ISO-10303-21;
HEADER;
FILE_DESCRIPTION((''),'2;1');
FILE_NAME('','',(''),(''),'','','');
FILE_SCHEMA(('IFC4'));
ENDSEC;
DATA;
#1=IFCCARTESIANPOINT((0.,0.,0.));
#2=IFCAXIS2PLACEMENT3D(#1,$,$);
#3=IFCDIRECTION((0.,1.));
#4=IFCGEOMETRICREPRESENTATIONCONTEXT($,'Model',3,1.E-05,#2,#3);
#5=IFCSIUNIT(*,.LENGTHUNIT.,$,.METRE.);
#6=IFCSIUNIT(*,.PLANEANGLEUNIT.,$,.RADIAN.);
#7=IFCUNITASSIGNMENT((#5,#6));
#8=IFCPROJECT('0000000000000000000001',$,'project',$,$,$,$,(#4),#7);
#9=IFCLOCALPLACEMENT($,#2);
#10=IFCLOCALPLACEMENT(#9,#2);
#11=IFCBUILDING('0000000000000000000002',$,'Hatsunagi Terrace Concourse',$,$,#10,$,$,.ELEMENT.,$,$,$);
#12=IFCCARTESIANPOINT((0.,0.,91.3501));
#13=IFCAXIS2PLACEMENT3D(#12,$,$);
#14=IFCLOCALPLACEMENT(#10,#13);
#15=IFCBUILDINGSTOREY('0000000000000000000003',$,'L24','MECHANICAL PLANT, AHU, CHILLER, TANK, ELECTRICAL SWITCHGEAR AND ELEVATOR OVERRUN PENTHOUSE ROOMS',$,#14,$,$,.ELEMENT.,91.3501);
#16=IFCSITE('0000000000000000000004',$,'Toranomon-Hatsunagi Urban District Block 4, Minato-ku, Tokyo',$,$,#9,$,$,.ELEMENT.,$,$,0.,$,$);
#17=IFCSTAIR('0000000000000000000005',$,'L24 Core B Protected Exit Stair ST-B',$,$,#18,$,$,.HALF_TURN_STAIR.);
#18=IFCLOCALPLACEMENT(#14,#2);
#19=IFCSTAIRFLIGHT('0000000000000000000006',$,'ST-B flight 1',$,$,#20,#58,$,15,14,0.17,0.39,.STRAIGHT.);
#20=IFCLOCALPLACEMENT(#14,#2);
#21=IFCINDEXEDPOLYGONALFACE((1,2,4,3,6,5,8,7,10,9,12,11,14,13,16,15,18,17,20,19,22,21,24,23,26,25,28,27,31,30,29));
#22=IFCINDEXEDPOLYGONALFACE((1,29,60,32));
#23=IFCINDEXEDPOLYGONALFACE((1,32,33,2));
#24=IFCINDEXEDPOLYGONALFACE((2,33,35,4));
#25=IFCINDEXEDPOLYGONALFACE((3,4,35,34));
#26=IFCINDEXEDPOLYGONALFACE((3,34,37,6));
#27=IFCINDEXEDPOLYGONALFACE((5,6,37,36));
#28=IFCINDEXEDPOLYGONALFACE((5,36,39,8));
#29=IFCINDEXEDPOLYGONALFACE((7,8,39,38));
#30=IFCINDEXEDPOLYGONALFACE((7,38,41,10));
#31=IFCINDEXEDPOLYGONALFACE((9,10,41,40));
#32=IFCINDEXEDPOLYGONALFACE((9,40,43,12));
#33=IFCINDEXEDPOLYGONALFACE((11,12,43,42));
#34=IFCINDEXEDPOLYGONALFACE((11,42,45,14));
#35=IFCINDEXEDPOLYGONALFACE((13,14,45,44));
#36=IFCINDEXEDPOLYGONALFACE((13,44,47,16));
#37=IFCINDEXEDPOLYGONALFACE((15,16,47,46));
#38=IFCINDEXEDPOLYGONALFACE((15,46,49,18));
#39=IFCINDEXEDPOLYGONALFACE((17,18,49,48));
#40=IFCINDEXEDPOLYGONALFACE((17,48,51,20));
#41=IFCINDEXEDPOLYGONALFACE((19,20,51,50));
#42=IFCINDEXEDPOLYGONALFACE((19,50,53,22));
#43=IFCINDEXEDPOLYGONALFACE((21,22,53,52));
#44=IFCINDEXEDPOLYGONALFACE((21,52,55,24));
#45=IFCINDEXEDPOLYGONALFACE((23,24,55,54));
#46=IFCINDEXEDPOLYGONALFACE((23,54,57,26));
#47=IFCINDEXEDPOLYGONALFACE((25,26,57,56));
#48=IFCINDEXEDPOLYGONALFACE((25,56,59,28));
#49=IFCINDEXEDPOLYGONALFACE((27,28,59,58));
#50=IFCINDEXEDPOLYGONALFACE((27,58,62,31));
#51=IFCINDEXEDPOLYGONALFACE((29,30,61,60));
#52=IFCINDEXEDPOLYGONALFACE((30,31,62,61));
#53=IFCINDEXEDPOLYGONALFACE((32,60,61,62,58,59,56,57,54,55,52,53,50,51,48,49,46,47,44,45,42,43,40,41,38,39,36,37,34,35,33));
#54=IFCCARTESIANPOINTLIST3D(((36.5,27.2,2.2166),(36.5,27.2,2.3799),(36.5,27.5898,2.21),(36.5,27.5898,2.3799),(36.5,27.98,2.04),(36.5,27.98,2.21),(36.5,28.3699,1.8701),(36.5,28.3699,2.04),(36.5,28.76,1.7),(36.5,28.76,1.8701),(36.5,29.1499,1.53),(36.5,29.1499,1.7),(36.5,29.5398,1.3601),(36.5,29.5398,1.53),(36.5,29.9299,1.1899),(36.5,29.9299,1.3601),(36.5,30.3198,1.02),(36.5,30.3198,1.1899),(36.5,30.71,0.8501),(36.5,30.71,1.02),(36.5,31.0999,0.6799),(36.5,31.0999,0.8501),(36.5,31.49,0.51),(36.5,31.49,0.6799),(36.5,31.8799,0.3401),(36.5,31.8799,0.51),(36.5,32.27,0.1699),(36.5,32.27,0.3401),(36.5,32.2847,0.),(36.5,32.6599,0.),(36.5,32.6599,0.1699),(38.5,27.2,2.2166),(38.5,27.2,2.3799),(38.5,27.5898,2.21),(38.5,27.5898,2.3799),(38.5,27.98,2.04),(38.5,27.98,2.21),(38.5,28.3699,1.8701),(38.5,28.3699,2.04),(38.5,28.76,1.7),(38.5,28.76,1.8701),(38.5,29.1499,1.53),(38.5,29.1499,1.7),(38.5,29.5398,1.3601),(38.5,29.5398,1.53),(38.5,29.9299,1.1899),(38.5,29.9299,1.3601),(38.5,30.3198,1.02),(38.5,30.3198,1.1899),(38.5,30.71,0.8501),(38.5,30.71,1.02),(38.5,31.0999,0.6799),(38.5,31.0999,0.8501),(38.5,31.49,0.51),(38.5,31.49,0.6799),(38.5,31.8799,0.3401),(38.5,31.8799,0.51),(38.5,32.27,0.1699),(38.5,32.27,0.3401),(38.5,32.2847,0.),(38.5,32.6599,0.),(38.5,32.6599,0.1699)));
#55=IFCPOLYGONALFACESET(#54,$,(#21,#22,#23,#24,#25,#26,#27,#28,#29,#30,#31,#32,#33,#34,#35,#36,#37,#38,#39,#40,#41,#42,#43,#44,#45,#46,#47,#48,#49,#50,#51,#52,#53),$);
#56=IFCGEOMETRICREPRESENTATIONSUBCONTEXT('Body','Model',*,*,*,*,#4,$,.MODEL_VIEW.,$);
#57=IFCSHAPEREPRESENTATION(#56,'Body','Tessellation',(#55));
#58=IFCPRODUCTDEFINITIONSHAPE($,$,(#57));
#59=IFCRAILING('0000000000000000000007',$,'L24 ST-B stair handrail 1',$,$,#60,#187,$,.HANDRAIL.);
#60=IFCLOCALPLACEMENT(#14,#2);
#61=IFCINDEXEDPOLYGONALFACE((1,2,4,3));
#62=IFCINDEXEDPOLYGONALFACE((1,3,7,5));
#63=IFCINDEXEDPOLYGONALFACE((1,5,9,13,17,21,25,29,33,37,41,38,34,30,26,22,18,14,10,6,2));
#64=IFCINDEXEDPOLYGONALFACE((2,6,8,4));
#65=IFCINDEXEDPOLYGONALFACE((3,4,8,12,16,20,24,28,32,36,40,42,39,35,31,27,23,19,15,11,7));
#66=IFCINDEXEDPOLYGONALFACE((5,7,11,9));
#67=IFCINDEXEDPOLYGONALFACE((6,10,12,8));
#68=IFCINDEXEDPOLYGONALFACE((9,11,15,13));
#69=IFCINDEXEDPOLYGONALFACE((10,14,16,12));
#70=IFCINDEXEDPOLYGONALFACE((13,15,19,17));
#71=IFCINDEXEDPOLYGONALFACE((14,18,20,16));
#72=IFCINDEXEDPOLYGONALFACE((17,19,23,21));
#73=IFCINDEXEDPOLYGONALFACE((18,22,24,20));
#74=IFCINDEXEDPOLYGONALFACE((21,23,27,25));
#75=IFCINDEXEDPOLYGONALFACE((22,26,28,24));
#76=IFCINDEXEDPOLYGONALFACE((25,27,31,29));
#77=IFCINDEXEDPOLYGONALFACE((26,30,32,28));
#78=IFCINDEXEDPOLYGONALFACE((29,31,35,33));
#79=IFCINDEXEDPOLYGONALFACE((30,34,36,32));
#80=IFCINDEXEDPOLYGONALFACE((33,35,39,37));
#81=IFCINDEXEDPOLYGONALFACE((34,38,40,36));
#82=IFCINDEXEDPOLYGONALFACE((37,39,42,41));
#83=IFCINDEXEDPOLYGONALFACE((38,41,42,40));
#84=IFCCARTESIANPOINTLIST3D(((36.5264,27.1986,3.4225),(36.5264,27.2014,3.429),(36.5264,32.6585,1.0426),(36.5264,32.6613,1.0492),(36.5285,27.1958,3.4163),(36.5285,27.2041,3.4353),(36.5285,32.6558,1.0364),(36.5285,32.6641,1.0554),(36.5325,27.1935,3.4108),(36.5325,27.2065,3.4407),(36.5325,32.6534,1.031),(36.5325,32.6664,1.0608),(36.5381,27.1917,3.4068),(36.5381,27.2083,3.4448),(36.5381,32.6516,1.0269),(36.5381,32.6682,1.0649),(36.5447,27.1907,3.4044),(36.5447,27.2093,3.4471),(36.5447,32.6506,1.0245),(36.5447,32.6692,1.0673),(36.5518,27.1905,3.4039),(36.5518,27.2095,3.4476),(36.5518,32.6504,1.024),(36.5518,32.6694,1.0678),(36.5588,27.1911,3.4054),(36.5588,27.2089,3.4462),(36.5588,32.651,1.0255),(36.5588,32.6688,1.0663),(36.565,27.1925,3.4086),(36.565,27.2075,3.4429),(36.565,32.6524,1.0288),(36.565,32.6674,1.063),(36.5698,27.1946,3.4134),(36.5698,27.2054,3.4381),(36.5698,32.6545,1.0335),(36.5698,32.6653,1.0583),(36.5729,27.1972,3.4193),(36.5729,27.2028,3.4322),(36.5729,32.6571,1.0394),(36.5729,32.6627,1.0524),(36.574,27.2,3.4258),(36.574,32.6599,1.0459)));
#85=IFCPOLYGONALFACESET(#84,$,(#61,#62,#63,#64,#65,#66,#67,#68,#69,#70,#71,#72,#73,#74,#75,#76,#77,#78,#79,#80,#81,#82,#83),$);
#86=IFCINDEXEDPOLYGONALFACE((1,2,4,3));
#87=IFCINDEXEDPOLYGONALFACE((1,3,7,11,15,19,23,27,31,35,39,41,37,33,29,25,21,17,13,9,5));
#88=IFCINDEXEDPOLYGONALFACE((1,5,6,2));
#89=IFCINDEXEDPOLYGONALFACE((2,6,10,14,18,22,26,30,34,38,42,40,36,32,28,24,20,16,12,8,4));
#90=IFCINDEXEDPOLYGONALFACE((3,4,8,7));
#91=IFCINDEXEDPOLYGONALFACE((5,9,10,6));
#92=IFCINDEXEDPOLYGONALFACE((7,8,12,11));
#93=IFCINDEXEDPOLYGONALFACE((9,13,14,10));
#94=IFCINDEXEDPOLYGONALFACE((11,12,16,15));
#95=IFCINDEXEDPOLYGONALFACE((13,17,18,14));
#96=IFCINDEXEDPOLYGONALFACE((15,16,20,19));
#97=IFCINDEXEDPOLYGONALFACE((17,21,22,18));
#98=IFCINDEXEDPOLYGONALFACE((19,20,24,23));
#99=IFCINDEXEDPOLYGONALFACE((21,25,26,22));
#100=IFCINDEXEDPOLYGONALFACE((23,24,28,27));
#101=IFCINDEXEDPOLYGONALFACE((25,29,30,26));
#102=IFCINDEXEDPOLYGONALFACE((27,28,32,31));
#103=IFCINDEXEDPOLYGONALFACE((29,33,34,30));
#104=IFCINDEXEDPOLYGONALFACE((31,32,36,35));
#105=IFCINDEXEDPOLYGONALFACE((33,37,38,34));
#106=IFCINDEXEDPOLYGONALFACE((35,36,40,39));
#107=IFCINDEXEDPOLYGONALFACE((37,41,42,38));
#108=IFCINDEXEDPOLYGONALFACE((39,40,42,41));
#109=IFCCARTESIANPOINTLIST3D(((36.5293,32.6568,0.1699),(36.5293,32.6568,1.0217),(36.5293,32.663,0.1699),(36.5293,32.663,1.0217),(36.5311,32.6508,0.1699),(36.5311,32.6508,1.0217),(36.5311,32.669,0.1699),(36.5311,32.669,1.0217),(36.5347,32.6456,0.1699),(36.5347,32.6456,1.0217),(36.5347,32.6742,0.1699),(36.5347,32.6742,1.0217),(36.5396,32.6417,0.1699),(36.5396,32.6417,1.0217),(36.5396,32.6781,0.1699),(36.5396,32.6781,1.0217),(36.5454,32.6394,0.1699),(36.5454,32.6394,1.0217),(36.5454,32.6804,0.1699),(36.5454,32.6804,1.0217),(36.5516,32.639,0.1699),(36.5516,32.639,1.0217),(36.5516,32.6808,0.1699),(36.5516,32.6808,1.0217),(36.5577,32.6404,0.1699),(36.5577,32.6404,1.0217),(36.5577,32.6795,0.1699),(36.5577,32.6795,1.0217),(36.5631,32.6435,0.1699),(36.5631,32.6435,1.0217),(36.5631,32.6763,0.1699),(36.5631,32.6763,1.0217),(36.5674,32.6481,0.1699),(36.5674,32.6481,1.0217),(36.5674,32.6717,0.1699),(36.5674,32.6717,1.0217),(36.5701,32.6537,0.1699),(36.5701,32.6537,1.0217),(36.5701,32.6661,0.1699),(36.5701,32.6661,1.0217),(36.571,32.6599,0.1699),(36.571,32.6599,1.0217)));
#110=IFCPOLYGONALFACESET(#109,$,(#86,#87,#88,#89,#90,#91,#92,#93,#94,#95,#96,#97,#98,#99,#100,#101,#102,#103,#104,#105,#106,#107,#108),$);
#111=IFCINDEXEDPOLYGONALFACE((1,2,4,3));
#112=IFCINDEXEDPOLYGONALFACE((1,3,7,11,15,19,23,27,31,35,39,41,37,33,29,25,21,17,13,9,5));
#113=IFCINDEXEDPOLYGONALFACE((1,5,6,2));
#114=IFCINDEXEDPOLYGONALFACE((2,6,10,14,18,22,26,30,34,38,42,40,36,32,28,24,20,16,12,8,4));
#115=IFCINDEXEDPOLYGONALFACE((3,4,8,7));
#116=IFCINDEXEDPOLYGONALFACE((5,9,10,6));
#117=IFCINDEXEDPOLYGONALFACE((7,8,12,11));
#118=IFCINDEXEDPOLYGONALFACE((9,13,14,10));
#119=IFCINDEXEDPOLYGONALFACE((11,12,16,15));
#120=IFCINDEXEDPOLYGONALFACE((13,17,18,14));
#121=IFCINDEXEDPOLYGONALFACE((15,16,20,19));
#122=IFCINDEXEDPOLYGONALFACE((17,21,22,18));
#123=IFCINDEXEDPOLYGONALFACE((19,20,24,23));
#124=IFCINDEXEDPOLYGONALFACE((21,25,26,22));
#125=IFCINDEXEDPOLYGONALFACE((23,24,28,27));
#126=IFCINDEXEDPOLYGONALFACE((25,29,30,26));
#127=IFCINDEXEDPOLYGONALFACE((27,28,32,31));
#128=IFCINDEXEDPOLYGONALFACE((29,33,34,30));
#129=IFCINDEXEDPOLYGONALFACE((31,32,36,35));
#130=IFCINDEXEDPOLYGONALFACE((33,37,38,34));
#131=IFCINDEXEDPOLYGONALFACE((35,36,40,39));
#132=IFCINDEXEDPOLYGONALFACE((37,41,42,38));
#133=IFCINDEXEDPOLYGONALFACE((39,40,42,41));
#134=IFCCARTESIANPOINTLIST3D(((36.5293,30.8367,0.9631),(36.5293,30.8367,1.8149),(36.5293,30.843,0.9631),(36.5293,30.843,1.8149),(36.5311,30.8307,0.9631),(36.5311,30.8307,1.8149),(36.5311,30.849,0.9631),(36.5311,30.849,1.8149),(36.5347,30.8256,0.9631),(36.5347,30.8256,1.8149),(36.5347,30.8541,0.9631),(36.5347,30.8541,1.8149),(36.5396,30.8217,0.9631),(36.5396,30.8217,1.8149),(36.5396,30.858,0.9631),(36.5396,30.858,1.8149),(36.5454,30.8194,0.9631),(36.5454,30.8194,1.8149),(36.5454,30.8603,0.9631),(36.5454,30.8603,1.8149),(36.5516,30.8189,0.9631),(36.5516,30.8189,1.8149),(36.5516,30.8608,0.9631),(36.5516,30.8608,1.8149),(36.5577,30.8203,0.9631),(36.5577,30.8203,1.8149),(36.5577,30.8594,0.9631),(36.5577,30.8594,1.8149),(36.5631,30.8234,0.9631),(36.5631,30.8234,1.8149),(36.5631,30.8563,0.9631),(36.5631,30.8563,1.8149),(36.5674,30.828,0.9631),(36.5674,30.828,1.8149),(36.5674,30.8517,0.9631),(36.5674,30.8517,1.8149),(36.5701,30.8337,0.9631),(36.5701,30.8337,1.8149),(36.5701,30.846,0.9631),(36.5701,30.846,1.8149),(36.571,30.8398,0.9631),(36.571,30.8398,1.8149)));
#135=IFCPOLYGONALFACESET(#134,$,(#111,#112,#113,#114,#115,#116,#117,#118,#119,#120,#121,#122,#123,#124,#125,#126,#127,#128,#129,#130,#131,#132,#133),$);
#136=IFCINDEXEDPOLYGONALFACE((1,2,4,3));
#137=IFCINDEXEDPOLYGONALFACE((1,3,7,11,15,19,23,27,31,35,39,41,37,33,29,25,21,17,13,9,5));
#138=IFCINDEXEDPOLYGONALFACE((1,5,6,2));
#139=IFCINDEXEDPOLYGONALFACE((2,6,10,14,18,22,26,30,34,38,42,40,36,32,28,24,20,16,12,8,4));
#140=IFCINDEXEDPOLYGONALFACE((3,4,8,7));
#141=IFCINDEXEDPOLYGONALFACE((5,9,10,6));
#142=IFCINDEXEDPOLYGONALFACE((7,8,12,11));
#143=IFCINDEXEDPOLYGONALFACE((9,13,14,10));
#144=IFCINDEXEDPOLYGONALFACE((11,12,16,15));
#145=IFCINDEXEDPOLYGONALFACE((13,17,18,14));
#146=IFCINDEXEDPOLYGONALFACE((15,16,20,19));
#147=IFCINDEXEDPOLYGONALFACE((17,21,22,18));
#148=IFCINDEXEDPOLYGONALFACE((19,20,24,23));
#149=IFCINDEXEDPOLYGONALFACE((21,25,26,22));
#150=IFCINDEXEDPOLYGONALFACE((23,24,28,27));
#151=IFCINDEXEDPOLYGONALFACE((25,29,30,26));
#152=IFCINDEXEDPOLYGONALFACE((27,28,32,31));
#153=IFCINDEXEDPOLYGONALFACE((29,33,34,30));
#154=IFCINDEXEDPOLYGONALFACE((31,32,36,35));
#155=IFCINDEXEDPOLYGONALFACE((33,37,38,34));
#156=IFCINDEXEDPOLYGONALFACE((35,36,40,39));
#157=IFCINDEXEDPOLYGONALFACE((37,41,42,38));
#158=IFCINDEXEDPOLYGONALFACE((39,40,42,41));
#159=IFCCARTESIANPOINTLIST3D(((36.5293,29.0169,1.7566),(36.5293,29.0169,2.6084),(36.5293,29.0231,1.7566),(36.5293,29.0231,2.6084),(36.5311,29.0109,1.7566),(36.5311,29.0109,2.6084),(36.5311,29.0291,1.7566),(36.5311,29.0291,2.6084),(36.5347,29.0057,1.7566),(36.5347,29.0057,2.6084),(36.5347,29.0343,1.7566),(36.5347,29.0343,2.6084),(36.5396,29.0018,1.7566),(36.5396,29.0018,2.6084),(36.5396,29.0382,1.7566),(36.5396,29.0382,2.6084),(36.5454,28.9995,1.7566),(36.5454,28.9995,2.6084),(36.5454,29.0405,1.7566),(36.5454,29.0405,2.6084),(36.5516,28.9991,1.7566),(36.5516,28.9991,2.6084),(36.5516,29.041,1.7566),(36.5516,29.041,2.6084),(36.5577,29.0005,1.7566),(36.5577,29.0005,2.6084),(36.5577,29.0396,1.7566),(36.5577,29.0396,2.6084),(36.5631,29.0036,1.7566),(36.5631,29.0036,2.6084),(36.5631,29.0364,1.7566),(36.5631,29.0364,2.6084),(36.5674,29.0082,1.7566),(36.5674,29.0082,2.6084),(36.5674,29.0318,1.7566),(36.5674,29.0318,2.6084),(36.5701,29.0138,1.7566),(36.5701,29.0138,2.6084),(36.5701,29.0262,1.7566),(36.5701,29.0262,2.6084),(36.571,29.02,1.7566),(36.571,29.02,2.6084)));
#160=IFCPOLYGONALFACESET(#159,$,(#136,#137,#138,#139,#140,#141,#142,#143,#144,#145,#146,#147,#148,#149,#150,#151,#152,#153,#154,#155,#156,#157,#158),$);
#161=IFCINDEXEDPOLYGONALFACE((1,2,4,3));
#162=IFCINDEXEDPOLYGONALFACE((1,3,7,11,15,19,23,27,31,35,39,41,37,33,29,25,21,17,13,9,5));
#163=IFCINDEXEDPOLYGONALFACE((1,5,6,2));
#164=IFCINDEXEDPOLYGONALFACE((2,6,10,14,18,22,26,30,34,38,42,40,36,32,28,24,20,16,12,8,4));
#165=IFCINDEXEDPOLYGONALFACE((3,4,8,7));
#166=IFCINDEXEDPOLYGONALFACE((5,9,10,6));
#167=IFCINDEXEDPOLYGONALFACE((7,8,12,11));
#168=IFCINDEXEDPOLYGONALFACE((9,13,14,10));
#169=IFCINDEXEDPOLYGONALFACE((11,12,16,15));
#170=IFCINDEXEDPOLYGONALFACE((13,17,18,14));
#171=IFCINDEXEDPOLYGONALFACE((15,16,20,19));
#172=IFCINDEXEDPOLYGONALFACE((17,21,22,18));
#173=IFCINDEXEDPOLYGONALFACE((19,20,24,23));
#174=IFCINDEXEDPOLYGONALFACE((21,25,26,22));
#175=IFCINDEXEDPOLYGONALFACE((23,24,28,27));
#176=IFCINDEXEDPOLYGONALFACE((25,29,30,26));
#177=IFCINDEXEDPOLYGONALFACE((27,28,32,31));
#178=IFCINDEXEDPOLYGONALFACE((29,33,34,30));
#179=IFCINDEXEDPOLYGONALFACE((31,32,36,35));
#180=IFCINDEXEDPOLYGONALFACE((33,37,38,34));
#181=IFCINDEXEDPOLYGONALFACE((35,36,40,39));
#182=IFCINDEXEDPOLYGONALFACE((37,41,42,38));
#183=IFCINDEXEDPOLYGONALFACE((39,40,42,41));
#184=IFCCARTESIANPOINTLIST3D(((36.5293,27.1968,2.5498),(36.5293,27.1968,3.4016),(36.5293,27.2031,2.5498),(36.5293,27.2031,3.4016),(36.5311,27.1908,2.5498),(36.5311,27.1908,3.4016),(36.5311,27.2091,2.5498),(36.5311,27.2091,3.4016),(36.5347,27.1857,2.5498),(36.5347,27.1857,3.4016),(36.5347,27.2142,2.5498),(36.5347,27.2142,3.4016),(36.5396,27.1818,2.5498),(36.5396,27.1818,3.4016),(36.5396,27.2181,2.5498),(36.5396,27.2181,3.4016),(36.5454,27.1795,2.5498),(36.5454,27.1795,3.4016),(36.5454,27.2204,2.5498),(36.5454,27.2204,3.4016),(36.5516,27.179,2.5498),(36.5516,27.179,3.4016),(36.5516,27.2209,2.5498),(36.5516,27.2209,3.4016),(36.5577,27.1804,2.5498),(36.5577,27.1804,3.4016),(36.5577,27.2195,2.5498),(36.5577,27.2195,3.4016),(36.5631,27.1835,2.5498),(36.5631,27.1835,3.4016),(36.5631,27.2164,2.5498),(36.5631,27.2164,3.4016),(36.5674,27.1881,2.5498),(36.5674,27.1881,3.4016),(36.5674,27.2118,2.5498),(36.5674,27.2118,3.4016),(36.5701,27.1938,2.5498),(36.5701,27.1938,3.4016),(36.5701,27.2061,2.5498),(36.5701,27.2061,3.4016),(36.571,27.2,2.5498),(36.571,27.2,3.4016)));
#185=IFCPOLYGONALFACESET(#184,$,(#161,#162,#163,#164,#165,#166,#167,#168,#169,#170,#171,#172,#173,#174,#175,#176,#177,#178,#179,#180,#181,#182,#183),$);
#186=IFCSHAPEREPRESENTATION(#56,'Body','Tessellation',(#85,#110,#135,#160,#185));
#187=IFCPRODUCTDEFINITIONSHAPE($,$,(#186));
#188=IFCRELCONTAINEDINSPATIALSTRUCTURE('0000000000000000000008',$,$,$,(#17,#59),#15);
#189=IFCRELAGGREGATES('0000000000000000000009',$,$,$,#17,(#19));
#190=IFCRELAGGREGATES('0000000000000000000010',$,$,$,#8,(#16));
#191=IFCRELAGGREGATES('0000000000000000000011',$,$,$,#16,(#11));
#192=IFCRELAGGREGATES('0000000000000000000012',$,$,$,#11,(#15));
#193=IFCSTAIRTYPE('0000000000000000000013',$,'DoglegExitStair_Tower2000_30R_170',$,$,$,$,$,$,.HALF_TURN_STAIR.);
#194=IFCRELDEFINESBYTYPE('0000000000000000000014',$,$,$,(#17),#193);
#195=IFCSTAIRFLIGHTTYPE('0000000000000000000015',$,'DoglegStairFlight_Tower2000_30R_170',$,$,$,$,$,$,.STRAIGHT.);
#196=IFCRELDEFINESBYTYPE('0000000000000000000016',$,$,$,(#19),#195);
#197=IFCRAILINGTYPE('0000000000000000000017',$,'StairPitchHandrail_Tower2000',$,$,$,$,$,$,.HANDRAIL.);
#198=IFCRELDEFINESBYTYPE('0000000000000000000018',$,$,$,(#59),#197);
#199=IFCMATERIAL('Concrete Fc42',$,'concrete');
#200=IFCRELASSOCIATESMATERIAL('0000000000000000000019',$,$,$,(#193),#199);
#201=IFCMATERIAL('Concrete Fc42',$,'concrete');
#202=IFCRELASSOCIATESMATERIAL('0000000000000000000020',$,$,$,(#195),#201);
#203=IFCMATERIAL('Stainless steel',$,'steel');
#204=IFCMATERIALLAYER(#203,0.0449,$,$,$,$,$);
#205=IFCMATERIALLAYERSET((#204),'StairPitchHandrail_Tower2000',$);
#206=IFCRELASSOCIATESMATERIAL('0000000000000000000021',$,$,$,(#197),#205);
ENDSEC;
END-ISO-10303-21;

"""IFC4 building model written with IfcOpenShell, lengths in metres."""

from ifc_helpers import new_model, si_unit, direction, frame, origin, origin_2d, place, context, subcontext, project, spatial, polyline, circle, outline, extrude, material, layer, layer_set, type_object, element, aggregate, save


model = new_model("IFC4")

# Units and contexts
model_context = context("Model", 3, precision=1e-05, world=origin(), true_north=direction((0.0, 1.0)))
body_context = subcontext(model_context, "Body", "Model", "MODEL_VIEW")
ifc_project = project(units=[si_unit("LENGTHUNIT", "METRE"), si_unit("PLANEANGLEUNIT", "RADIAN")], contexts=[model_context])

# Site, building, storey
site_placement = place(None, origin())
site = spatial("IfcSite", under=ifc_project, at=site_placement, Name="Toranomon-Hatsunagi Urban District Block 4, Minato-ku, Tokyo", CompositionType="ELEMENT", RefElevation=0.0)
building_placement = place(site_placement, origin())
building = spatial("IfcBuilding", under=site, at=building_placement, Name="Hatsunagi Terrace Concourse", CompositionType="ELEMENT")
storey_placement = place(building_placement, frame((0.0, 0.0, 91.3501)))
storey = spatial("IfcBuildingStorey", under=building, at=storey_placement, Name="L24", Description="MECHANICAL PLANT, AHU, CHILLER, TANK, ELECTRICAL SWITCHGEAR AND ELEVATOR OVERRUN PENTHOUSE ROOMS", CompositionType="ELEMENT", Elevation=91.3501)

# Stair, stair flight
ifc_material_1 = material(Name="Concrete Fc42", Category="concrete")
stair_type = type_object("IfcStairType", Name="DoglegExitStair_Tower2000_30R_170", PredefinedType="HALF_TURN_STAIR", material=ifc_material_1)
stair_placement = place(storey_placement, origin())
stair = element("IfcStair", 1, at=stair_placement, inside=storey, type_object=stair_type, Name="L24 Core B Protected Exit Stair ST-B", PredefinedType="HALF_TURN_STAIR")
ifc_material_2 = material(Name="Concrete Fc42", Category="concrete")
stair_flight_type = type_object("IfcStairFlightType", Name="DoglegStairFlight_Tower2000_30R_170", PredefinedType="STRAIGHT", material=ifc_material_2)
stair_flight_placement = place(storey_placement, frame((37.5, 32.6599, 0.0), z_axis=(0.0, 0.0, 1.0), x_axis=(0.0, -1.0, 0.0)))
stair_flight = element("IfcStairFlight", 2, at=stair_flight_placement, type_object=stair_flight_type, Name="ST-B flight 1", NumberOfRisers=15, NumberOfTreads=14, PredefinedType="STRAIGHT", RiserHeight=0.17, TreadLength=0.39, context=body_context, shape_type="SweptSolid", body=[
    extrude(outline(polyline([(0.0, 0.0), (0.0, 0.1699), (0.3899, 0.1699), (0.3899, 0.3401), (0.78, 0.3401), (0.78, 0.51), (1.1699, 0.51), (1.1699, 0.6799), (1.5601, 0.6799), (1.5601, 0.8501), (1.95, 0.8501), (1.95, 1.02), (2.3401, 1.02), (2.3401, 1.1899), (2.73, 1.1899), (2.73, 1.3601), (3.1201, 1.3601), (3.1201, 1.53), (3.51, 1.53), (3.51, 1.7), (3.8999, 1.7), (3.8999, 1.8701), (4.29, 1.8701), (4.29, 2.04), (4.6799, 2.04), (4.6799, 2.21), (5.0701, 2.21), (5.0701, 2.3799), (5.46, 2.3799), (5.46, 2.55), (5.46, 2.2166), (0.3752, 0.0), (0.0, 0.0)])), frame((0.0, 1.0, 0.0), z_axis=(0.0, -1.0, 0.0), x_axis=(1.0, 0.0, 0.0)), (0.0, 0.0, 1.0), 2.0),
])
aggregate(stair, [stair_flight])

# Railing
ifc_material_3 = material(Name="Stainless steel", Category="steel")
ifc_layer_1 = layer(ifc_material_3, 0.0449)
ifc_layer_set_1 = layer_set([ifc_layer_1], Name="StairPitchHandrail_Tower2000")
railing_type_1 = type_object("IfcRailingType", Name="StairPitchHandrail_Tower2000", PredefinedType="HANDRAIL", material=ifc_layer_set_1)
railing_1_placement = place(storey_placement, frame((36.55, 32.6599, 0.1699)))
element("IfcRailing", 3, at=railing_1_placement, inside=storey, type_object=railing_type_1, Name="L24 ST-B stair handrail 1", PredefinedType="HANDRAIL", context=body_context, shape_type="SweptSolid", body=[
    extrude(circle(Radius=0.0239, at=origin_2d()), frame((0.0, 0.0, 0.876), z_axis=(0.0, -0.916702, 0.399571), x_axis=(1.0, 0.0, 0.0)), (0.0, 0.0, 1.0), 5.9561),
    extrude(circle(Radius=0.021, at=origin_2d()), origin(), (0.0, 0.0, 1.0), 0.8518),
    extrude(circle(Radius=0.021, at=origin_2d()), frame((0.0, -1.8201, 0.7932)), (0.0, 0.0, 1.0), 0.8518),
    extrude(circle(Radius=0.021, at=origin_2d()), frame((0.0, -3.6399, 1.5867)), (0.0, 0.0, 1.0), 0.8518),
    extrude(circle(Radius=0.021, at=origin_2d()), frame((0.0, -5.46, 2.3799)), (0.0, 0.0, 1.0), 0.8518),
])

save(model, "model.ifc")
